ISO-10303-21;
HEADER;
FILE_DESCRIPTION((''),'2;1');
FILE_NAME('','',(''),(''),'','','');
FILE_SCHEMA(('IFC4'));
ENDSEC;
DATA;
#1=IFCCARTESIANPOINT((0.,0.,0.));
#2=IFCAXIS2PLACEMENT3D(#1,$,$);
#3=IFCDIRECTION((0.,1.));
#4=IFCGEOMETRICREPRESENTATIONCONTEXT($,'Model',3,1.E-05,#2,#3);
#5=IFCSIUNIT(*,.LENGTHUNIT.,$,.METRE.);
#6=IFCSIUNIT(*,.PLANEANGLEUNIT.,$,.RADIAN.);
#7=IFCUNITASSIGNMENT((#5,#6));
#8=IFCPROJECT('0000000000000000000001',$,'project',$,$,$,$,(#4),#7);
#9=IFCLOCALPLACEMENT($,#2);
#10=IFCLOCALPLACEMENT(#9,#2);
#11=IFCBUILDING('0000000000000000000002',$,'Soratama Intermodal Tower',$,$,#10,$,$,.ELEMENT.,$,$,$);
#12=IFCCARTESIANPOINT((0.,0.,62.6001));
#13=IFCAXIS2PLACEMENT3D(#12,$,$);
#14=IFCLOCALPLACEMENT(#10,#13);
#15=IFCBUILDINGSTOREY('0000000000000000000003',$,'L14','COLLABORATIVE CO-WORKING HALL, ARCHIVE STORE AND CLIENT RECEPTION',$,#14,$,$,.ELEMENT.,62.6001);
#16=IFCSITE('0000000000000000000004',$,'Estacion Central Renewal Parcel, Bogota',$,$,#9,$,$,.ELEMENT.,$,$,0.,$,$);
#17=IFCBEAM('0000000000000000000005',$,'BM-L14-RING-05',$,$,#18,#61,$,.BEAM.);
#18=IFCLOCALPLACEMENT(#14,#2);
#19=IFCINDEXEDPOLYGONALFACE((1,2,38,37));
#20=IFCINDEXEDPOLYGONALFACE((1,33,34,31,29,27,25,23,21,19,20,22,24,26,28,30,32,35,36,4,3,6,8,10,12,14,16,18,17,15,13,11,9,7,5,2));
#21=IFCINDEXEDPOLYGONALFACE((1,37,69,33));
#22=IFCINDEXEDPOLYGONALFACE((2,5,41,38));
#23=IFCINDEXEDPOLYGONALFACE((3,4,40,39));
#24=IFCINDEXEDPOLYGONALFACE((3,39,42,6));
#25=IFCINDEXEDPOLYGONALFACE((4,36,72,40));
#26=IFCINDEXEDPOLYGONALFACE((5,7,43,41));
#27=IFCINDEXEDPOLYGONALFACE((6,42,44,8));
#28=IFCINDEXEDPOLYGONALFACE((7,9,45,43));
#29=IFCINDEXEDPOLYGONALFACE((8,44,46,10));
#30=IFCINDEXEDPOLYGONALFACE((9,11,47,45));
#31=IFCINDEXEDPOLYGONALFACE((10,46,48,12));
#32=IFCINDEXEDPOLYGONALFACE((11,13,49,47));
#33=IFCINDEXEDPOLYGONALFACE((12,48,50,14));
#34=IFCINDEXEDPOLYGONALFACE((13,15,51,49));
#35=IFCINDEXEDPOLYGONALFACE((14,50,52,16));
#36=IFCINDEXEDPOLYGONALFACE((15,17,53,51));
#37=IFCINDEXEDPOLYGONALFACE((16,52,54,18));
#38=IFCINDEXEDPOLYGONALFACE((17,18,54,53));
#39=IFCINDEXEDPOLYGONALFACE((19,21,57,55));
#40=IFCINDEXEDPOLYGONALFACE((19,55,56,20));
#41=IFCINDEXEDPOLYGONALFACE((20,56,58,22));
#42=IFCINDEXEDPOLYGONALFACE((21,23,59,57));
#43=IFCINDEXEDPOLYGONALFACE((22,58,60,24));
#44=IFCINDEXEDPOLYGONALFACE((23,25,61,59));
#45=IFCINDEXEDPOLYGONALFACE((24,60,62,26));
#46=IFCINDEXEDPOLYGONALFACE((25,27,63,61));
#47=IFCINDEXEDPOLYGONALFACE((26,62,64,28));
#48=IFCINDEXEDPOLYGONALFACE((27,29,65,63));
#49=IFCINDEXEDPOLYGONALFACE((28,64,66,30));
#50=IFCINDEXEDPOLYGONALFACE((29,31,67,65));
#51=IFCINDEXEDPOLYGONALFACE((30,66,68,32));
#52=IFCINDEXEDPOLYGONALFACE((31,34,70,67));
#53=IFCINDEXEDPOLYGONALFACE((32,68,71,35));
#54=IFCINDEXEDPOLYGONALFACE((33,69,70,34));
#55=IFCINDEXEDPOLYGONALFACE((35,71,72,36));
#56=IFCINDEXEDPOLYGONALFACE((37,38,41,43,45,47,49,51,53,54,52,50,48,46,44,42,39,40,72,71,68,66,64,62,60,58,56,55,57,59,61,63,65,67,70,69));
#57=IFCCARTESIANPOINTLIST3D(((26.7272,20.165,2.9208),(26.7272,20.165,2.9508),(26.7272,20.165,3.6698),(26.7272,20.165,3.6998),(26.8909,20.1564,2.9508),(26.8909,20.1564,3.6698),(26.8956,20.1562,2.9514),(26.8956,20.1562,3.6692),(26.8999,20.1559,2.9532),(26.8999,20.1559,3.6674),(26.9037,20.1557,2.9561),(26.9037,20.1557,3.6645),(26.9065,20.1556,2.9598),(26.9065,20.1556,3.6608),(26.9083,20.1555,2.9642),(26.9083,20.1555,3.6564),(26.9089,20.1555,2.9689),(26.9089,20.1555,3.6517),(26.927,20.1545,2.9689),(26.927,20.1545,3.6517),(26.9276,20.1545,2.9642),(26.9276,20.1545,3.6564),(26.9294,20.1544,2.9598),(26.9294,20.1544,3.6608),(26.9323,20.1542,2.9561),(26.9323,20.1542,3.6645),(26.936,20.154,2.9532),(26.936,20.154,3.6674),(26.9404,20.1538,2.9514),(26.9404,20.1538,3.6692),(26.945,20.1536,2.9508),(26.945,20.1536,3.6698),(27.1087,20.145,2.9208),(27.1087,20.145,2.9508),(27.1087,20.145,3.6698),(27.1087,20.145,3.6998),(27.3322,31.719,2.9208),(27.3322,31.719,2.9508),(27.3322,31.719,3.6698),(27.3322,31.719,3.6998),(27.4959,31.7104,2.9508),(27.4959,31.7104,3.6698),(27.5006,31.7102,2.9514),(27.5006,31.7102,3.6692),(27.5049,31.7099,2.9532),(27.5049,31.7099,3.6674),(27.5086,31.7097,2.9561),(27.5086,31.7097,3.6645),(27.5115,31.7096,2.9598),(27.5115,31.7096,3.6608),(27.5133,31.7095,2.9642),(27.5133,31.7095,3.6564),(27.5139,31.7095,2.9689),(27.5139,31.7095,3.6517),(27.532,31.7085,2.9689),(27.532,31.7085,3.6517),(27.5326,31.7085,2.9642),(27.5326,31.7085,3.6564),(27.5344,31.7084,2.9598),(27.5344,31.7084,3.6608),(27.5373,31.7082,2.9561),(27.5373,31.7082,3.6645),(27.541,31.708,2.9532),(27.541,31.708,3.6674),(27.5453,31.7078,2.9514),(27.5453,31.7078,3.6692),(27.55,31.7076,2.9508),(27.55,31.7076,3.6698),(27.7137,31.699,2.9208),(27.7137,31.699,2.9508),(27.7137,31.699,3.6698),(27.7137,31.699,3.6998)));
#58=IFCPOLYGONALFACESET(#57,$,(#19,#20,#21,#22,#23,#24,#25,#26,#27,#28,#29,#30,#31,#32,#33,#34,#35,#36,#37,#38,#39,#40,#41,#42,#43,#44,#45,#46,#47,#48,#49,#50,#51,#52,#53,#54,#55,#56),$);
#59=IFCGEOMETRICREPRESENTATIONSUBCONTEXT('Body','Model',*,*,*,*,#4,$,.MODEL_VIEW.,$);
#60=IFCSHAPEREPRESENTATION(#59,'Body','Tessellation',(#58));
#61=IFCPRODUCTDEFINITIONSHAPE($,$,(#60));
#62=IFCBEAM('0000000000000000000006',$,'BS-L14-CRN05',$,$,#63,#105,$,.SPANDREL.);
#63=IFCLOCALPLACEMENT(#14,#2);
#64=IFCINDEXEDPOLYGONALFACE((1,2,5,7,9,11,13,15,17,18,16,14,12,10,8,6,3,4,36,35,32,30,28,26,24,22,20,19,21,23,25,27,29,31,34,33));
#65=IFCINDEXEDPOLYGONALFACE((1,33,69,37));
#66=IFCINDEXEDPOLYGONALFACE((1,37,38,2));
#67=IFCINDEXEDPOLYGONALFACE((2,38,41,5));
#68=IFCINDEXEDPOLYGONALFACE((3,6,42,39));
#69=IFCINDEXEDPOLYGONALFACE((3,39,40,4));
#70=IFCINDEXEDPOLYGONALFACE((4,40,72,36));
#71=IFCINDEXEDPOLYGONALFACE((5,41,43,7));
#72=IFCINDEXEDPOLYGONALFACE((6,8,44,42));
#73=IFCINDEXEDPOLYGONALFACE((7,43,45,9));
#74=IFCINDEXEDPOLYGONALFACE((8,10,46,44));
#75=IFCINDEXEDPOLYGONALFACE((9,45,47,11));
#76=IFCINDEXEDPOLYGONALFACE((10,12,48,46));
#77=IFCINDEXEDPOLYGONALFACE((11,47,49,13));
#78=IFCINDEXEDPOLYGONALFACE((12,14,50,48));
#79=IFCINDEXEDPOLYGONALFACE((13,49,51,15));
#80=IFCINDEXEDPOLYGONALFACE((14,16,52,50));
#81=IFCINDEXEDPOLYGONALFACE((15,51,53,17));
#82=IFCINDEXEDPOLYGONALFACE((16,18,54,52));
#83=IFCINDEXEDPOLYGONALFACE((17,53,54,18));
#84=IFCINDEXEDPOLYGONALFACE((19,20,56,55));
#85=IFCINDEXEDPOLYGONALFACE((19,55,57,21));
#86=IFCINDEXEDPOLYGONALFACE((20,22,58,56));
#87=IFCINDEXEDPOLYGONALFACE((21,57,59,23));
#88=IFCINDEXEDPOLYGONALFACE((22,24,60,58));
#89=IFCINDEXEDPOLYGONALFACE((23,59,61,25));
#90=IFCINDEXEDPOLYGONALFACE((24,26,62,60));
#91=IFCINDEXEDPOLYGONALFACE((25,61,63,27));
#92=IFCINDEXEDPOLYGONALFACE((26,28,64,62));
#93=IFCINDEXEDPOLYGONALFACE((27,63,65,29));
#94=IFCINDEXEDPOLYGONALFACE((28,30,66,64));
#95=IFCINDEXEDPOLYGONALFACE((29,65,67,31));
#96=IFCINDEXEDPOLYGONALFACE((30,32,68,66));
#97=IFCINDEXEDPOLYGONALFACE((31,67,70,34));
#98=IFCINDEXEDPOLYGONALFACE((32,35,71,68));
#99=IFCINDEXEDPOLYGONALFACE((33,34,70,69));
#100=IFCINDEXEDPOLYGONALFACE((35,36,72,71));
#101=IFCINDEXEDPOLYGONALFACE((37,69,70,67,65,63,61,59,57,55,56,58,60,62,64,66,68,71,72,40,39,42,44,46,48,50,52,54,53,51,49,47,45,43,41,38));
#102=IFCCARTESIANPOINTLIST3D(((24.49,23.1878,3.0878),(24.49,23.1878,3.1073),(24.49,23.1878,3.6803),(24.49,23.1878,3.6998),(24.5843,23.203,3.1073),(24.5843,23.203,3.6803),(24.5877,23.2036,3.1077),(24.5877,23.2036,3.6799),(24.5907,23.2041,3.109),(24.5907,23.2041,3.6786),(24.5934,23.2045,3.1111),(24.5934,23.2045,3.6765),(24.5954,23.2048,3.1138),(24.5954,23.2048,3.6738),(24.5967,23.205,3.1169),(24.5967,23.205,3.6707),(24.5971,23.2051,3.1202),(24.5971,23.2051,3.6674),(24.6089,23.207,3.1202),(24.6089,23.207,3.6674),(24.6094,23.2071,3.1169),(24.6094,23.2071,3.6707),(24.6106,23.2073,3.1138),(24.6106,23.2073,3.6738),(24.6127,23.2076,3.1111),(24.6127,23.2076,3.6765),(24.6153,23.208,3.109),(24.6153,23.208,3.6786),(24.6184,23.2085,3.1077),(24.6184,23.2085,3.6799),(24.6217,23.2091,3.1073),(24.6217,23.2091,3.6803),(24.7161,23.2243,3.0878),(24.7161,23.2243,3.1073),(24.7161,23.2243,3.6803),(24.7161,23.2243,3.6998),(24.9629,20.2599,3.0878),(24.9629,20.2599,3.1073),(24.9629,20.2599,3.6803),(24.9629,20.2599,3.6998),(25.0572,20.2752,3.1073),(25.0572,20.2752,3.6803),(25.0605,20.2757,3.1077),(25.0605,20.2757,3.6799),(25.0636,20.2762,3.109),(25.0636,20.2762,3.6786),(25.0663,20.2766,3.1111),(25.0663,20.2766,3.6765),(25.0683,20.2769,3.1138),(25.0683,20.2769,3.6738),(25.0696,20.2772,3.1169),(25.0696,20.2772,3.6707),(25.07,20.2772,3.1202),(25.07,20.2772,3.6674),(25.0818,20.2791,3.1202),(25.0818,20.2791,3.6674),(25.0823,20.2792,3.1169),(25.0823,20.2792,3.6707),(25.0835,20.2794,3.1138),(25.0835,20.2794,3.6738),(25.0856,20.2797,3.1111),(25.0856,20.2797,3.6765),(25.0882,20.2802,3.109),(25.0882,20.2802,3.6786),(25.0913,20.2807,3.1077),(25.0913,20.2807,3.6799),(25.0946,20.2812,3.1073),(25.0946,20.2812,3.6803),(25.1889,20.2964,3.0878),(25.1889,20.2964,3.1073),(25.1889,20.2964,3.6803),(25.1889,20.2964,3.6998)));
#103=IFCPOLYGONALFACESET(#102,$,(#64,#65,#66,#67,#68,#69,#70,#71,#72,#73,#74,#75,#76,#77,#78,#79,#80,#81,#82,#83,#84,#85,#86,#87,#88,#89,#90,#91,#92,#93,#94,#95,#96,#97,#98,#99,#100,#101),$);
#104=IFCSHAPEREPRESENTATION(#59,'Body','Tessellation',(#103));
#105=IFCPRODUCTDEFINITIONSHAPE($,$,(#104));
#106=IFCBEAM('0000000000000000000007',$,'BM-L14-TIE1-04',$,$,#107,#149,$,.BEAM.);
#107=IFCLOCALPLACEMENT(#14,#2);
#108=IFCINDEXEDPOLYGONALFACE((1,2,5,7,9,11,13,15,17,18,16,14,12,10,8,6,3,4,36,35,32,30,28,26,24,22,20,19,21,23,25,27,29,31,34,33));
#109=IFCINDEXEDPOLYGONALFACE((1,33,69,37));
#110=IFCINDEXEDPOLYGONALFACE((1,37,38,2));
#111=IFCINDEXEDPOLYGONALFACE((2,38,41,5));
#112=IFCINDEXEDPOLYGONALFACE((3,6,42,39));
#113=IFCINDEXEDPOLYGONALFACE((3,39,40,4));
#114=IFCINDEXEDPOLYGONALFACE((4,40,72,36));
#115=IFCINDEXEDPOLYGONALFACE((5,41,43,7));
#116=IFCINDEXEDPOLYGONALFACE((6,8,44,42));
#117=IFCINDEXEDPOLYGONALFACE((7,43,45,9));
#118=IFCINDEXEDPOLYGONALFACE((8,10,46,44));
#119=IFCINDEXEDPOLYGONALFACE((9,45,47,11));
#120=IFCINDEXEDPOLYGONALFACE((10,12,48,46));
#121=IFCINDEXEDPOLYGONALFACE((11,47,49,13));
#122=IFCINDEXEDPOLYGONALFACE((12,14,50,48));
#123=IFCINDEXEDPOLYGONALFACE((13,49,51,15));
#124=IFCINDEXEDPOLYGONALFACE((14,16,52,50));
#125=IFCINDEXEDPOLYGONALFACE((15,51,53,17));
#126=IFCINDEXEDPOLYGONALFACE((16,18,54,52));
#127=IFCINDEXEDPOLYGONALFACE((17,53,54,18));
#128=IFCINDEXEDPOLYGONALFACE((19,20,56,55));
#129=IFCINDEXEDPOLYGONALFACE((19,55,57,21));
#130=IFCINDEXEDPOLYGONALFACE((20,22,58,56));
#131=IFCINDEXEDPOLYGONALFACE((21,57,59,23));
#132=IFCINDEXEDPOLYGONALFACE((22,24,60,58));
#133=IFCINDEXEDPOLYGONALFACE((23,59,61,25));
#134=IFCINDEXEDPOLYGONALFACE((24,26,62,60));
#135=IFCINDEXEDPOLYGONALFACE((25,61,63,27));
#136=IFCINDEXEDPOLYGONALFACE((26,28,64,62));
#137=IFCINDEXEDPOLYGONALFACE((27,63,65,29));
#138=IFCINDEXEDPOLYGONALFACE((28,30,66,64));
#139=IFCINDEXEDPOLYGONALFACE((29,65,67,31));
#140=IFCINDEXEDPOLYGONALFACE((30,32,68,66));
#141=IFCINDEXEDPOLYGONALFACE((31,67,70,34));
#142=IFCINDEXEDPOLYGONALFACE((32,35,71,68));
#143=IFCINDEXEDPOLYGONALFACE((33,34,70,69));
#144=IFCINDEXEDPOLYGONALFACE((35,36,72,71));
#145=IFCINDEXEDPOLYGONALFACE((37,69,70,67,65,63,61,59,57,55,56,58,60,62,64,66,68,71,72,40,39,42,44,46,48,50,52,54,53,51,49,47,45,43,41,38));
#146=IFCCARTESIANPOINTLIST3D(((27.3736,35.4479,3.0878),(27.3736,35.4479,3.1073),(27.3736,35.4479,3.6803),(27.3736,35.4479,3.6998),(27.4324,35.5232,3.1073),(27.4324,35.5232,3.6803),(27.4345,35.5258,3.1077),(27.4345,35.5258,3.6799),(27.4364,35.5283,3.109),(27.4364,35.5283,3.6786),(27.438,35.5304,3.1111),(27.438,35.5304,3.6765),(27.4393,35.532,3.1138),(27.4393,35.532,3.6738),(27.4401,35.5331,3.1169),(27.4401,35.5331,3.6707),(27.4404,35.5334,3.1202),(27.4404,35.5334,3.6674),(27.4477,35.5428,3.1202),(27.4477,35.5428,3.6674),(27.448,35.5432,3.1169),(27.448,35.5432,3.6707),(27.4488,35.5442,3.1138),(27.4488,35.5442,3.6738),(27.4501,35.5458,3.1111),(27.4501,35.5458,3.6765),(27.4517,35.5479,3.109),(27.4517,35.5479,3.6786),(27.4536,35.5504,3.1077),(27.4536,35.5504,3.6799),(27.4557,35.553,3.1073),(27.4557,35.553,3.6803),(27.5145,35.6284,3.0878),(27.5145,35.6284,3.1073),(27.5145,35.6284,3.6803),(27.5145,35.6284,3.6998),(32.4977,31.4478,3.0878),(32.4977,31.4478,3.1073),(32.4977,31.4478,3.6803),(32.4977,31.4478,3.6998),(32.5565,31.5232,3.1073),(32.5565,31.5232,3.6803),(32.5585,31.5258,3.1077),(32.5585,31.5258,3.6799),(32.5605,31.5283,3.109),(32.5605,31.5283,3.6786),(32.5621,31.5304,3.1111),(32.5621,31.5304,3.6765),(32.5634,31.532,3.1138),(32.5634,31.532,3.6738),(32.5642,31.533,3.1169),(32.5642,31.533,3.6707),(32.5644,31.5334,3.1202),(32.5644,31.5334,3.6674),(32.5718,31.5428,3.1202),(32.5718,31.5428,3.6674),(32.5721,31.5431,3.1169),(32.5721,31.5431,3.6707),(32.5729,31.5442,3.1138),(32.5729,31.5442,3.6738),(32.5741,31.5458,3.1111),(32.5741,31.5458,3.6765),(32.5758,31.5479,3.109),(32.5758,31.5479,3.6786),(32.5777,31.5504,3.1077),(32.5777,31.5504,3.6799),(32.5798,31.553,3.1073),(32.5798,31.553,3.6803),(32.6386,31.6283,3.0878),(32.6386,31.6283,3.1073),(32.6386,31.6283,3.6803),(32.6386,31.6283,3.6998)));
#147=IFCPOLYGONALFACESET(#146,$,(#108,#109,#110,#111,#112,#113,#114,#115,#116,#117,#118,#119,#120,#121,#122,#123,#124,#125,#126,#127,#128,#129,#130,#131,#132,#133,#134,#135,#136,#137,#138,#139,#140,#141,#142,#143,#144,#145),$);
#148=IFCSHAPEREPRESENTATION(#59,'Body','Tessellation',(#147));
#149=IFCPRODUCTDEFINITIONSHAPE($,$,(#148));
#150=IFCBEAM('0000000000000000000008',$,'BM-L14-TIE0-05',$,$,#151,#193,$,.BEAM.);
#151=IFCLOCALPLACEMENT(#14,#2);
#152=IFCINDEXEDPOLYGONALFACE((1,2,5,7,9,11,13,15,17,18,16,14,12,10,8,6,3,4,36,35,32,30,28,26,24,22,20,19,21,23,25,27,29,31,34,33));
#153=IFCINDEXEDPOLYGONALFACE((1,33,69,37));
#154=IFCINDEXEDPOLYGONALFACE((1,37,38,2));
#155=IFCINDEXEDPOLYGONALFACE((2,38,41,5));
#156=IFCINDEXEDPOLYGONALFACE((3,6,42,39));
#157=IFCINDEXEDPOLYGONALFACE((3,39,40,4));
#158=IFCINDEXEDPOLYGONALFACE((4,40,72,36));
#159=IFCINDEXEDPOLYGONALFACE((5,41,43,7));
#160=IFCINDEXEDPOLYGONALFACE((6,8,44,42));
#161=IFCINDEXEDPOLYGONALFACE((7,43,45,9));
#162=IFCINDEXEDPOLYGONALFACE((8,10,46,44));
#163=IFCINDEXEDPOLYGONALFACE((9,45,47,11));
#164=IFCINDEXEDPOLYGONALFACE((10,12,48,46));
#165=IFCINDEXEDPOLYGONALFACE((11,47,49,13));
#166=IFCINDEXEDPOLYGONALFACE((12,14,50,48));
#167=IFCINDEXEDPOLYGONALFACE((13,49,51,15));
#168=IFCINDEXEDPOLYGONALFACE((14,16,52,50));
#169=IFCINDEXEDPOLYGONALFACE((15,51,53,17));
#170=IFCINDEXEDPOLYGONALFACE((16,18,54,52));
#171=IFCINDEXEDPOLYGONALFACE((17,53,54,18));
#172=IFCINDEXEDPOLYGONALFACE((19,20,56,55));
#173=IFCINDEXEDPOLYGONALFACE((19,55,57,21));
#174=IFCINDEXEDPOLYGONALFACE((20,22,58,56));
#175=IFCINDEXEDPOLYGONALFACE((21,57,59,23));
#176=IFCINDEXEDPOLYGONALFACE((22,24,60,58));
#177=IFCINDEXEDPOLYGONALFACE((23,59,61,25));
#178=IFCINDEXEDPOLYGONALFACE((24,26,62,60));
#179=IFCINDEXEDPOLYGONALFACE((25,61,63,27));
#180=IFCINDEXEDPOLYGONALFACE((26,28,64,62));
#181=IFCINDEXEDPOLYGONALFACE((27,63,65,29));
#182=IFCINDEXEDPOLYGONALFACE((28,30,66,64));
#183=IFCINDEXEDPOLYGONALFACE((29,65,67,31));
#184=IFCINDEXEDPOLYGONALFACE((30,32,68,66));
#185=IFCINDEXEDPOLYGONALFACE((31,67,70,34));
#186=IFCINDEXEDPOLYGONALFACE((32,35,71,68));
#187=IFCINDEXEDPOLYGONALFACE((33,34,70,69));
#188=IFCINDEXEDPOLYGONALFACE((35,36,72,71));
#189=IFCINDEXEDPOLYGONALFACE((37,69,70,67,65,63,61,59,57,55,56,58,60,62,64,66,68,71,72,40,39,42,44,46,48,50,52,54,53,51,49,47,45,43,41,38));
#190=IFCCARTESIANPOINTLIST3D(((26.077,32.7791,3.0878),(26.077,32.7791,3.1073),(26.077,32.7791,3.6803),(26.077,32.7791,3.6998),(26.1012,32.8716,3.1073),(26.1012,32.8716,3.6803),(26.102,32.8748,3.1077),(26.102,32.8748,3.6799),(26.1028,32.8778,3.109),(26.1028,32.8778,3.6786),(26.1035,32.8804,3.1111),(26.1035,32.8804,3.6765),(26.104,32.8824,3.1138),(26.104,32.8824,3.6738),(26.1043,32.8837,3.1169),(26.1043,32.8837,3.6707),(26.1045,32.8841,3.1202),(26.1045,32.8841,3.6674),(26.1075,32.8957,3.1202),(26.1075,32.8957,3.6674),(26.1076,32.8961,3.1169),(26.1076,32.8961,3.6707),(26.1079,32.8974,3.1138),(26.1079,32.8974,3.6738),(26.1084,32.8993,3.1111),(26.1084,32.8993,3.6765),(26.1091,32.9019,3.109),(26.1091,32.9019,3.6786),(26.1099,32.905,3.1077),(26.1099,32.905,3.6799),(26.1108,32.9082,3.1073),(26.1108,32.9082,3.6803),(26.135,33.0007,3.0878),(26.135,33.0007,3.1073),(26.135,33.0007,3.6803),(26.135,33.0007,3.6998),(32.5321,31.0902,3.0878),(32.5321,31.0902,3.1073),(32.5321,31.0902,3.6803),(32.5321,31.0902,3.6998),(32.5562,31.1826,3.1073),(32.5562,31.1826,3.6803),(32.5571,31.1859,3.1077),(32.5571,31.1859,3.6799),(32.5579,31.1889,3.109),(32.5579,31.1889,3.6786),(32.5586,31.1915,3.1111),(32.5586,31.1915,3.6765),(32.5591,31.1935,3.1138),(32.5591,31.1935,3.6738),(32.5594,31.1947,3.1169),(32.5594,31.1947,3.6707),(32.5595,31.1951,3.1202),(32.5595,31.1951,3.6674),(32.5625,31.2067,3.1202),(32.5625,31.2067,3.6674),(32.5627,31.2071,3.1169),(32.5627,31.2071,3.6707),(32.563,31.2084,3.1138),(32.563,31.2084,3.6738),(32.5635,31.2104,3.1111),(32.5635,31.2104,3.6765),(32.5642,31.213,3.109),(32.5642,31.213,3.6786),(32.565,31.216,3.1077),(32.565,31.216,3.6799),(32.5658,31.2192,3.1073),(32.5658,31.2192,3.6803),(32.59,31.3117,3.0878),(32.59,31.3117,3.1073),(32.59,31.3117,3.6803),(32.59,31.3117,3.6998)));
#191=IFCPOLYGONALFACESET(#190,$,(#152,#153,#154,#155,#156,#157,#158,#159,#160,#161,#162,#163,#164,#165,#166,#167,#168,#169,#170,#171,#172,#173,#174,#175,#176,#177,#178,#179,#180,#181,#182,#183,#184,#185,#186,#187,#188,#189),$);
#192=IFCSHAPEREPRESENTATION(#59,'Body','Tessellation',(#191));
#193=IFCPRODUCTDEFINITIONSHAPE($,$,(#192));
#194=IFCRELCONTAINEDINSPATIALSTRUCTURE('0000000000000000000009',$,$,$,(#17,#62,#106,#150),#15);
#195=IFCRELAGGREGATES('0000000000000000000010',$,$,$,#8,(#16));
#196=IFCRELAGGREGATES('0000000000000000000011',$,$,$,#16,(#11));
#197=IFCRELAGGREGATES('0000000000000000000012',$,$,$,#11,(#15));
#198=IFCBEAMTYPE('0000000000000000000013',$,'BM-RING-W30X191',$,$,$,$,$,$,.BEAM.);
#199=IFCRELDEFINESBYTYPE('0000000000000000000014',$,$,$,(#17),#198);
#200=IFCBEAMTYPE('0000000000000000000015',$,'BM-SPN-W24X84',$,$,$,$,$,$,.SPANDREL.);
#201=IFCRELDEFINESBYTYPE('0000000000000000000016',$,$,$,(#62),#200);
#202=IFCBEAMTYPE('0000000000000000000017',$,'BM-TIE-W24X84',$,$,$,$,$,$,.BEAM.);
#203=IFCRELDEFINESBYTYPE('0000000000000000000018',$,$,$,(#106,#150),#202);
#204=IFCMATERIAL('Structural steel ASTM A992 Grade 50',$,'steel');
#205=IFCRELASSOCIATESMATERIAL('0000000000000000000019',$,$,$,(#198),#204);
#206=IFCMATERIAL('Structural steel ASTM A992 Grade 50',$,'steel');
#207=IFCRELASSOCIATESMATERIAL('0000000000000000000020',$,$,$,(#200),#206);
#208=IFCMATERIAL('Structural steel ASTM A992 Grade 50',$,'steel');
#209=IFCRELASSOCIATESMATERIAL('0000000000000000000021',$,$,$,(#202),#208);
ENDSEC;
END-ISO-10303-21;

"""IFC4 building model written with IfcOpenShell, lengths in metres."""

from ifc_helpers import new_model, si_unit, direction, frame, origin, origin_2d, place, context, subcontext, project, spatial, i_section, extrude, material, material_profile, profile_set, type_object, element, save


model = new_model("IFC4")

# Units and contexts
model_context = context("Model", 3, precision=1e-05, world=origin(), true_north=direction((0.0, 1.0)))
body_context = subcontext(model_context, "Body", "Model", "MODEL_VIEW")
ifc_project = project(units=[si_unit("LENGTHUNIT", "METRE"), si_unit("PLANEANGLEUNIT", "RADIAN")], contexts=[model_context])

# Site, building, storey
site_placement = place(None, origin())
site = spatial("IfcSite", under=ifc_project, at=site_placement, Name="Estacion Central Renewal Parcel, Bogota", CompositionType="ELEMENT", RefElevation=0.0)
building_placement = place(site_placement, origin())
building = spatial("IfcBuilding", under=site, at=building_placement, Name="Soratama Intermodal Tower", CompositionType="ELEMENT")
storey_placement = place(building_placement, frame((0.0, 0.0, 62.6001)))
storey = spatial("IfcBuildingStorey", under=building, at=storey_placement, Name="L14", Description="COLLABORATIVE CO-WORKING HALL, ARCHIVE STORE AND CLIENT RECEPTION", CompositionType="ELEMENT", Elevation=62.6001)

# Beams
ifc_material_1 = material(Name="Structural steel ASTM A992 Grade 50", Category="steel")
ifc_material_profile_1 = material_profile(ifc_material_1, i_section(OverallWidth=0.3821, OverallDepth=0.7791, WebThickness=0.0181, FlangeThickness=0.03, FilletRadius=0.0181, at=origin_2d()), Name="W30X191")
ifc_profile_set_1 = profile_set([ifc_material_profile_1], Name="Structural steel ASTM A992 Grade 50")
beam_type_1 = type_object("IfcBeamType", Name="BM-RING-W30X191", PredefinedType="BEAM", material=ifc_profile_set_1)
beam_1_placement = place(storey_placement, frame((27.5229, 31.709, 3.3103), z_axis=(-0.05229, -0.998632, 0.0), x_axis=(0.998632, -0.05229, 0.0)))
element("IfcBeam", 1, at=beam_1_placement, inside=storey, type_object=beam_type_1, Name="BM-L14-RING-05", PredefinedType="BEAM", context=body_context, shape_type="SweptSolid", body=[
    extrude(i_section(OverallWidth=0.3821, OverallDepth=0.7791, WebThickness=0.0181, FlangeThickness=0.03, FilletRadius=0.0181, at=origin_2d()), origin(), (0.0, 0.0, 1.0), 11.5698),
])
ifc_material_2 = material(Name="Structural steel ASTM A992 Grade 50", Category="steel")
ifc_material_profile_2 = material_profile(ifc_material_2, i_section(OverallWidth=0.229, OverallDepth=0.6121, WebThickness=0.012, FlangeThickness=0.0195, FilletRadius=0.0129, at=origin_2d()), Name="W24X84")
ifc_profile_set_2 = profile_set([ifc_material_profile_2], Name="Structural steel ASTM A992 Grade 50")
beam_type_2 = type_object("IfcBeamType", Name="BM-SPN-W24X84", PredefinedType="SPANDREL", material=ifc_profile_set_2)
beam_2_placement = place(storey_placement, frame((24.603, 23.2061, 3.3938), z_axis=(0.159445, -0.987207, 0.0), x_axis=(0.987207, 0.159445, 0.0)))
element("IfcBeam", 2, at=beam_2_placement, inside=storey, type_object=beam_type_2, Name="BS-L14-CRN05", PredefinedType="SPANDREL", context=body_context, shape_type="SweptSolid", body=[
    extrude(i_section(OverallWidth=0.229, OverallDepth=0.6121, WebThickness=0.012, FlangeThickness=0.0195, FilletRadius=0.0129, at=origin_2d()), origin(), (0.0, 0.0, 1.0), 2.9658),
])
ifc_material_3 = material(Name="Structural steel ASTM A992 Grade 50", Category="steel")
ifc_material_profile_3 = material_profile(ifc_material_3, i_section(OverallWidth=0.229, OverallDepth=0.6121, WebThickness=0.012, FlangeThickness=0.0195, FilletRadius=0.0129, at=origin_2d()), Name="W24X84")
ifc_profile_set_3 = profile_set([ifc_material_profile_3], Name="Structural steel ASTM A992 Grade 50")
beam_type_3 = type_object("IfcBeamType", Name="BM-TIE-W24X84", PredefinedType="BEAM", material=ifc_profile_set_3)
beam_3_placement = place(storey_placement, frame((32.5681, 31.5381, 3.3938), z_axis=(-0.788259, 0.615344, 0.0), x_axis=(-0.615344, -0.788259, 0.0)))
element("IfcBeam", 3, at=beam_3_placement, inside=storey, type_object=beam_type_3, Name="BM-L14-TIE1-04", PredefinedType="BEAM", context=body_context, shape_type="SweptSolid", body=[
    extrude(i_section(OverallWidth=0.229, OverallDepth=0.6121, WebThickness=0.012, FlangeThickness=0.0195, FilletRadius=0.0129, at=origin_2d()), origin(), (0.0, 0.0, 1.0), 6.5005),
])
beam_4_placement = place(storey_placement, frame((32.561, 31.2009, 3.3938), z_axis=(-0.967433, 0.253128, 0.0), x_axis=(-0.253128, -0.967433, 0.0)))
element("IfcBeam", 4, at=beam_4_placement, inside=storey, type_object=beam_type_3, Name="BM-L14-TIE0-05", PredefinedType="BEAM", context=body_context, shape_type="SweptSolid", body=[
    extrude(i_section(OverallWidth=0.229, OverallDepth=0.6121, WebThickness=0.012, FlangeThickness=0.0195, FilletRadius=0.0129, at=origin_2d()), origin(), (0.0, 0.0, 1.0), 6.6724),
])

save(model, "model.ifc")
